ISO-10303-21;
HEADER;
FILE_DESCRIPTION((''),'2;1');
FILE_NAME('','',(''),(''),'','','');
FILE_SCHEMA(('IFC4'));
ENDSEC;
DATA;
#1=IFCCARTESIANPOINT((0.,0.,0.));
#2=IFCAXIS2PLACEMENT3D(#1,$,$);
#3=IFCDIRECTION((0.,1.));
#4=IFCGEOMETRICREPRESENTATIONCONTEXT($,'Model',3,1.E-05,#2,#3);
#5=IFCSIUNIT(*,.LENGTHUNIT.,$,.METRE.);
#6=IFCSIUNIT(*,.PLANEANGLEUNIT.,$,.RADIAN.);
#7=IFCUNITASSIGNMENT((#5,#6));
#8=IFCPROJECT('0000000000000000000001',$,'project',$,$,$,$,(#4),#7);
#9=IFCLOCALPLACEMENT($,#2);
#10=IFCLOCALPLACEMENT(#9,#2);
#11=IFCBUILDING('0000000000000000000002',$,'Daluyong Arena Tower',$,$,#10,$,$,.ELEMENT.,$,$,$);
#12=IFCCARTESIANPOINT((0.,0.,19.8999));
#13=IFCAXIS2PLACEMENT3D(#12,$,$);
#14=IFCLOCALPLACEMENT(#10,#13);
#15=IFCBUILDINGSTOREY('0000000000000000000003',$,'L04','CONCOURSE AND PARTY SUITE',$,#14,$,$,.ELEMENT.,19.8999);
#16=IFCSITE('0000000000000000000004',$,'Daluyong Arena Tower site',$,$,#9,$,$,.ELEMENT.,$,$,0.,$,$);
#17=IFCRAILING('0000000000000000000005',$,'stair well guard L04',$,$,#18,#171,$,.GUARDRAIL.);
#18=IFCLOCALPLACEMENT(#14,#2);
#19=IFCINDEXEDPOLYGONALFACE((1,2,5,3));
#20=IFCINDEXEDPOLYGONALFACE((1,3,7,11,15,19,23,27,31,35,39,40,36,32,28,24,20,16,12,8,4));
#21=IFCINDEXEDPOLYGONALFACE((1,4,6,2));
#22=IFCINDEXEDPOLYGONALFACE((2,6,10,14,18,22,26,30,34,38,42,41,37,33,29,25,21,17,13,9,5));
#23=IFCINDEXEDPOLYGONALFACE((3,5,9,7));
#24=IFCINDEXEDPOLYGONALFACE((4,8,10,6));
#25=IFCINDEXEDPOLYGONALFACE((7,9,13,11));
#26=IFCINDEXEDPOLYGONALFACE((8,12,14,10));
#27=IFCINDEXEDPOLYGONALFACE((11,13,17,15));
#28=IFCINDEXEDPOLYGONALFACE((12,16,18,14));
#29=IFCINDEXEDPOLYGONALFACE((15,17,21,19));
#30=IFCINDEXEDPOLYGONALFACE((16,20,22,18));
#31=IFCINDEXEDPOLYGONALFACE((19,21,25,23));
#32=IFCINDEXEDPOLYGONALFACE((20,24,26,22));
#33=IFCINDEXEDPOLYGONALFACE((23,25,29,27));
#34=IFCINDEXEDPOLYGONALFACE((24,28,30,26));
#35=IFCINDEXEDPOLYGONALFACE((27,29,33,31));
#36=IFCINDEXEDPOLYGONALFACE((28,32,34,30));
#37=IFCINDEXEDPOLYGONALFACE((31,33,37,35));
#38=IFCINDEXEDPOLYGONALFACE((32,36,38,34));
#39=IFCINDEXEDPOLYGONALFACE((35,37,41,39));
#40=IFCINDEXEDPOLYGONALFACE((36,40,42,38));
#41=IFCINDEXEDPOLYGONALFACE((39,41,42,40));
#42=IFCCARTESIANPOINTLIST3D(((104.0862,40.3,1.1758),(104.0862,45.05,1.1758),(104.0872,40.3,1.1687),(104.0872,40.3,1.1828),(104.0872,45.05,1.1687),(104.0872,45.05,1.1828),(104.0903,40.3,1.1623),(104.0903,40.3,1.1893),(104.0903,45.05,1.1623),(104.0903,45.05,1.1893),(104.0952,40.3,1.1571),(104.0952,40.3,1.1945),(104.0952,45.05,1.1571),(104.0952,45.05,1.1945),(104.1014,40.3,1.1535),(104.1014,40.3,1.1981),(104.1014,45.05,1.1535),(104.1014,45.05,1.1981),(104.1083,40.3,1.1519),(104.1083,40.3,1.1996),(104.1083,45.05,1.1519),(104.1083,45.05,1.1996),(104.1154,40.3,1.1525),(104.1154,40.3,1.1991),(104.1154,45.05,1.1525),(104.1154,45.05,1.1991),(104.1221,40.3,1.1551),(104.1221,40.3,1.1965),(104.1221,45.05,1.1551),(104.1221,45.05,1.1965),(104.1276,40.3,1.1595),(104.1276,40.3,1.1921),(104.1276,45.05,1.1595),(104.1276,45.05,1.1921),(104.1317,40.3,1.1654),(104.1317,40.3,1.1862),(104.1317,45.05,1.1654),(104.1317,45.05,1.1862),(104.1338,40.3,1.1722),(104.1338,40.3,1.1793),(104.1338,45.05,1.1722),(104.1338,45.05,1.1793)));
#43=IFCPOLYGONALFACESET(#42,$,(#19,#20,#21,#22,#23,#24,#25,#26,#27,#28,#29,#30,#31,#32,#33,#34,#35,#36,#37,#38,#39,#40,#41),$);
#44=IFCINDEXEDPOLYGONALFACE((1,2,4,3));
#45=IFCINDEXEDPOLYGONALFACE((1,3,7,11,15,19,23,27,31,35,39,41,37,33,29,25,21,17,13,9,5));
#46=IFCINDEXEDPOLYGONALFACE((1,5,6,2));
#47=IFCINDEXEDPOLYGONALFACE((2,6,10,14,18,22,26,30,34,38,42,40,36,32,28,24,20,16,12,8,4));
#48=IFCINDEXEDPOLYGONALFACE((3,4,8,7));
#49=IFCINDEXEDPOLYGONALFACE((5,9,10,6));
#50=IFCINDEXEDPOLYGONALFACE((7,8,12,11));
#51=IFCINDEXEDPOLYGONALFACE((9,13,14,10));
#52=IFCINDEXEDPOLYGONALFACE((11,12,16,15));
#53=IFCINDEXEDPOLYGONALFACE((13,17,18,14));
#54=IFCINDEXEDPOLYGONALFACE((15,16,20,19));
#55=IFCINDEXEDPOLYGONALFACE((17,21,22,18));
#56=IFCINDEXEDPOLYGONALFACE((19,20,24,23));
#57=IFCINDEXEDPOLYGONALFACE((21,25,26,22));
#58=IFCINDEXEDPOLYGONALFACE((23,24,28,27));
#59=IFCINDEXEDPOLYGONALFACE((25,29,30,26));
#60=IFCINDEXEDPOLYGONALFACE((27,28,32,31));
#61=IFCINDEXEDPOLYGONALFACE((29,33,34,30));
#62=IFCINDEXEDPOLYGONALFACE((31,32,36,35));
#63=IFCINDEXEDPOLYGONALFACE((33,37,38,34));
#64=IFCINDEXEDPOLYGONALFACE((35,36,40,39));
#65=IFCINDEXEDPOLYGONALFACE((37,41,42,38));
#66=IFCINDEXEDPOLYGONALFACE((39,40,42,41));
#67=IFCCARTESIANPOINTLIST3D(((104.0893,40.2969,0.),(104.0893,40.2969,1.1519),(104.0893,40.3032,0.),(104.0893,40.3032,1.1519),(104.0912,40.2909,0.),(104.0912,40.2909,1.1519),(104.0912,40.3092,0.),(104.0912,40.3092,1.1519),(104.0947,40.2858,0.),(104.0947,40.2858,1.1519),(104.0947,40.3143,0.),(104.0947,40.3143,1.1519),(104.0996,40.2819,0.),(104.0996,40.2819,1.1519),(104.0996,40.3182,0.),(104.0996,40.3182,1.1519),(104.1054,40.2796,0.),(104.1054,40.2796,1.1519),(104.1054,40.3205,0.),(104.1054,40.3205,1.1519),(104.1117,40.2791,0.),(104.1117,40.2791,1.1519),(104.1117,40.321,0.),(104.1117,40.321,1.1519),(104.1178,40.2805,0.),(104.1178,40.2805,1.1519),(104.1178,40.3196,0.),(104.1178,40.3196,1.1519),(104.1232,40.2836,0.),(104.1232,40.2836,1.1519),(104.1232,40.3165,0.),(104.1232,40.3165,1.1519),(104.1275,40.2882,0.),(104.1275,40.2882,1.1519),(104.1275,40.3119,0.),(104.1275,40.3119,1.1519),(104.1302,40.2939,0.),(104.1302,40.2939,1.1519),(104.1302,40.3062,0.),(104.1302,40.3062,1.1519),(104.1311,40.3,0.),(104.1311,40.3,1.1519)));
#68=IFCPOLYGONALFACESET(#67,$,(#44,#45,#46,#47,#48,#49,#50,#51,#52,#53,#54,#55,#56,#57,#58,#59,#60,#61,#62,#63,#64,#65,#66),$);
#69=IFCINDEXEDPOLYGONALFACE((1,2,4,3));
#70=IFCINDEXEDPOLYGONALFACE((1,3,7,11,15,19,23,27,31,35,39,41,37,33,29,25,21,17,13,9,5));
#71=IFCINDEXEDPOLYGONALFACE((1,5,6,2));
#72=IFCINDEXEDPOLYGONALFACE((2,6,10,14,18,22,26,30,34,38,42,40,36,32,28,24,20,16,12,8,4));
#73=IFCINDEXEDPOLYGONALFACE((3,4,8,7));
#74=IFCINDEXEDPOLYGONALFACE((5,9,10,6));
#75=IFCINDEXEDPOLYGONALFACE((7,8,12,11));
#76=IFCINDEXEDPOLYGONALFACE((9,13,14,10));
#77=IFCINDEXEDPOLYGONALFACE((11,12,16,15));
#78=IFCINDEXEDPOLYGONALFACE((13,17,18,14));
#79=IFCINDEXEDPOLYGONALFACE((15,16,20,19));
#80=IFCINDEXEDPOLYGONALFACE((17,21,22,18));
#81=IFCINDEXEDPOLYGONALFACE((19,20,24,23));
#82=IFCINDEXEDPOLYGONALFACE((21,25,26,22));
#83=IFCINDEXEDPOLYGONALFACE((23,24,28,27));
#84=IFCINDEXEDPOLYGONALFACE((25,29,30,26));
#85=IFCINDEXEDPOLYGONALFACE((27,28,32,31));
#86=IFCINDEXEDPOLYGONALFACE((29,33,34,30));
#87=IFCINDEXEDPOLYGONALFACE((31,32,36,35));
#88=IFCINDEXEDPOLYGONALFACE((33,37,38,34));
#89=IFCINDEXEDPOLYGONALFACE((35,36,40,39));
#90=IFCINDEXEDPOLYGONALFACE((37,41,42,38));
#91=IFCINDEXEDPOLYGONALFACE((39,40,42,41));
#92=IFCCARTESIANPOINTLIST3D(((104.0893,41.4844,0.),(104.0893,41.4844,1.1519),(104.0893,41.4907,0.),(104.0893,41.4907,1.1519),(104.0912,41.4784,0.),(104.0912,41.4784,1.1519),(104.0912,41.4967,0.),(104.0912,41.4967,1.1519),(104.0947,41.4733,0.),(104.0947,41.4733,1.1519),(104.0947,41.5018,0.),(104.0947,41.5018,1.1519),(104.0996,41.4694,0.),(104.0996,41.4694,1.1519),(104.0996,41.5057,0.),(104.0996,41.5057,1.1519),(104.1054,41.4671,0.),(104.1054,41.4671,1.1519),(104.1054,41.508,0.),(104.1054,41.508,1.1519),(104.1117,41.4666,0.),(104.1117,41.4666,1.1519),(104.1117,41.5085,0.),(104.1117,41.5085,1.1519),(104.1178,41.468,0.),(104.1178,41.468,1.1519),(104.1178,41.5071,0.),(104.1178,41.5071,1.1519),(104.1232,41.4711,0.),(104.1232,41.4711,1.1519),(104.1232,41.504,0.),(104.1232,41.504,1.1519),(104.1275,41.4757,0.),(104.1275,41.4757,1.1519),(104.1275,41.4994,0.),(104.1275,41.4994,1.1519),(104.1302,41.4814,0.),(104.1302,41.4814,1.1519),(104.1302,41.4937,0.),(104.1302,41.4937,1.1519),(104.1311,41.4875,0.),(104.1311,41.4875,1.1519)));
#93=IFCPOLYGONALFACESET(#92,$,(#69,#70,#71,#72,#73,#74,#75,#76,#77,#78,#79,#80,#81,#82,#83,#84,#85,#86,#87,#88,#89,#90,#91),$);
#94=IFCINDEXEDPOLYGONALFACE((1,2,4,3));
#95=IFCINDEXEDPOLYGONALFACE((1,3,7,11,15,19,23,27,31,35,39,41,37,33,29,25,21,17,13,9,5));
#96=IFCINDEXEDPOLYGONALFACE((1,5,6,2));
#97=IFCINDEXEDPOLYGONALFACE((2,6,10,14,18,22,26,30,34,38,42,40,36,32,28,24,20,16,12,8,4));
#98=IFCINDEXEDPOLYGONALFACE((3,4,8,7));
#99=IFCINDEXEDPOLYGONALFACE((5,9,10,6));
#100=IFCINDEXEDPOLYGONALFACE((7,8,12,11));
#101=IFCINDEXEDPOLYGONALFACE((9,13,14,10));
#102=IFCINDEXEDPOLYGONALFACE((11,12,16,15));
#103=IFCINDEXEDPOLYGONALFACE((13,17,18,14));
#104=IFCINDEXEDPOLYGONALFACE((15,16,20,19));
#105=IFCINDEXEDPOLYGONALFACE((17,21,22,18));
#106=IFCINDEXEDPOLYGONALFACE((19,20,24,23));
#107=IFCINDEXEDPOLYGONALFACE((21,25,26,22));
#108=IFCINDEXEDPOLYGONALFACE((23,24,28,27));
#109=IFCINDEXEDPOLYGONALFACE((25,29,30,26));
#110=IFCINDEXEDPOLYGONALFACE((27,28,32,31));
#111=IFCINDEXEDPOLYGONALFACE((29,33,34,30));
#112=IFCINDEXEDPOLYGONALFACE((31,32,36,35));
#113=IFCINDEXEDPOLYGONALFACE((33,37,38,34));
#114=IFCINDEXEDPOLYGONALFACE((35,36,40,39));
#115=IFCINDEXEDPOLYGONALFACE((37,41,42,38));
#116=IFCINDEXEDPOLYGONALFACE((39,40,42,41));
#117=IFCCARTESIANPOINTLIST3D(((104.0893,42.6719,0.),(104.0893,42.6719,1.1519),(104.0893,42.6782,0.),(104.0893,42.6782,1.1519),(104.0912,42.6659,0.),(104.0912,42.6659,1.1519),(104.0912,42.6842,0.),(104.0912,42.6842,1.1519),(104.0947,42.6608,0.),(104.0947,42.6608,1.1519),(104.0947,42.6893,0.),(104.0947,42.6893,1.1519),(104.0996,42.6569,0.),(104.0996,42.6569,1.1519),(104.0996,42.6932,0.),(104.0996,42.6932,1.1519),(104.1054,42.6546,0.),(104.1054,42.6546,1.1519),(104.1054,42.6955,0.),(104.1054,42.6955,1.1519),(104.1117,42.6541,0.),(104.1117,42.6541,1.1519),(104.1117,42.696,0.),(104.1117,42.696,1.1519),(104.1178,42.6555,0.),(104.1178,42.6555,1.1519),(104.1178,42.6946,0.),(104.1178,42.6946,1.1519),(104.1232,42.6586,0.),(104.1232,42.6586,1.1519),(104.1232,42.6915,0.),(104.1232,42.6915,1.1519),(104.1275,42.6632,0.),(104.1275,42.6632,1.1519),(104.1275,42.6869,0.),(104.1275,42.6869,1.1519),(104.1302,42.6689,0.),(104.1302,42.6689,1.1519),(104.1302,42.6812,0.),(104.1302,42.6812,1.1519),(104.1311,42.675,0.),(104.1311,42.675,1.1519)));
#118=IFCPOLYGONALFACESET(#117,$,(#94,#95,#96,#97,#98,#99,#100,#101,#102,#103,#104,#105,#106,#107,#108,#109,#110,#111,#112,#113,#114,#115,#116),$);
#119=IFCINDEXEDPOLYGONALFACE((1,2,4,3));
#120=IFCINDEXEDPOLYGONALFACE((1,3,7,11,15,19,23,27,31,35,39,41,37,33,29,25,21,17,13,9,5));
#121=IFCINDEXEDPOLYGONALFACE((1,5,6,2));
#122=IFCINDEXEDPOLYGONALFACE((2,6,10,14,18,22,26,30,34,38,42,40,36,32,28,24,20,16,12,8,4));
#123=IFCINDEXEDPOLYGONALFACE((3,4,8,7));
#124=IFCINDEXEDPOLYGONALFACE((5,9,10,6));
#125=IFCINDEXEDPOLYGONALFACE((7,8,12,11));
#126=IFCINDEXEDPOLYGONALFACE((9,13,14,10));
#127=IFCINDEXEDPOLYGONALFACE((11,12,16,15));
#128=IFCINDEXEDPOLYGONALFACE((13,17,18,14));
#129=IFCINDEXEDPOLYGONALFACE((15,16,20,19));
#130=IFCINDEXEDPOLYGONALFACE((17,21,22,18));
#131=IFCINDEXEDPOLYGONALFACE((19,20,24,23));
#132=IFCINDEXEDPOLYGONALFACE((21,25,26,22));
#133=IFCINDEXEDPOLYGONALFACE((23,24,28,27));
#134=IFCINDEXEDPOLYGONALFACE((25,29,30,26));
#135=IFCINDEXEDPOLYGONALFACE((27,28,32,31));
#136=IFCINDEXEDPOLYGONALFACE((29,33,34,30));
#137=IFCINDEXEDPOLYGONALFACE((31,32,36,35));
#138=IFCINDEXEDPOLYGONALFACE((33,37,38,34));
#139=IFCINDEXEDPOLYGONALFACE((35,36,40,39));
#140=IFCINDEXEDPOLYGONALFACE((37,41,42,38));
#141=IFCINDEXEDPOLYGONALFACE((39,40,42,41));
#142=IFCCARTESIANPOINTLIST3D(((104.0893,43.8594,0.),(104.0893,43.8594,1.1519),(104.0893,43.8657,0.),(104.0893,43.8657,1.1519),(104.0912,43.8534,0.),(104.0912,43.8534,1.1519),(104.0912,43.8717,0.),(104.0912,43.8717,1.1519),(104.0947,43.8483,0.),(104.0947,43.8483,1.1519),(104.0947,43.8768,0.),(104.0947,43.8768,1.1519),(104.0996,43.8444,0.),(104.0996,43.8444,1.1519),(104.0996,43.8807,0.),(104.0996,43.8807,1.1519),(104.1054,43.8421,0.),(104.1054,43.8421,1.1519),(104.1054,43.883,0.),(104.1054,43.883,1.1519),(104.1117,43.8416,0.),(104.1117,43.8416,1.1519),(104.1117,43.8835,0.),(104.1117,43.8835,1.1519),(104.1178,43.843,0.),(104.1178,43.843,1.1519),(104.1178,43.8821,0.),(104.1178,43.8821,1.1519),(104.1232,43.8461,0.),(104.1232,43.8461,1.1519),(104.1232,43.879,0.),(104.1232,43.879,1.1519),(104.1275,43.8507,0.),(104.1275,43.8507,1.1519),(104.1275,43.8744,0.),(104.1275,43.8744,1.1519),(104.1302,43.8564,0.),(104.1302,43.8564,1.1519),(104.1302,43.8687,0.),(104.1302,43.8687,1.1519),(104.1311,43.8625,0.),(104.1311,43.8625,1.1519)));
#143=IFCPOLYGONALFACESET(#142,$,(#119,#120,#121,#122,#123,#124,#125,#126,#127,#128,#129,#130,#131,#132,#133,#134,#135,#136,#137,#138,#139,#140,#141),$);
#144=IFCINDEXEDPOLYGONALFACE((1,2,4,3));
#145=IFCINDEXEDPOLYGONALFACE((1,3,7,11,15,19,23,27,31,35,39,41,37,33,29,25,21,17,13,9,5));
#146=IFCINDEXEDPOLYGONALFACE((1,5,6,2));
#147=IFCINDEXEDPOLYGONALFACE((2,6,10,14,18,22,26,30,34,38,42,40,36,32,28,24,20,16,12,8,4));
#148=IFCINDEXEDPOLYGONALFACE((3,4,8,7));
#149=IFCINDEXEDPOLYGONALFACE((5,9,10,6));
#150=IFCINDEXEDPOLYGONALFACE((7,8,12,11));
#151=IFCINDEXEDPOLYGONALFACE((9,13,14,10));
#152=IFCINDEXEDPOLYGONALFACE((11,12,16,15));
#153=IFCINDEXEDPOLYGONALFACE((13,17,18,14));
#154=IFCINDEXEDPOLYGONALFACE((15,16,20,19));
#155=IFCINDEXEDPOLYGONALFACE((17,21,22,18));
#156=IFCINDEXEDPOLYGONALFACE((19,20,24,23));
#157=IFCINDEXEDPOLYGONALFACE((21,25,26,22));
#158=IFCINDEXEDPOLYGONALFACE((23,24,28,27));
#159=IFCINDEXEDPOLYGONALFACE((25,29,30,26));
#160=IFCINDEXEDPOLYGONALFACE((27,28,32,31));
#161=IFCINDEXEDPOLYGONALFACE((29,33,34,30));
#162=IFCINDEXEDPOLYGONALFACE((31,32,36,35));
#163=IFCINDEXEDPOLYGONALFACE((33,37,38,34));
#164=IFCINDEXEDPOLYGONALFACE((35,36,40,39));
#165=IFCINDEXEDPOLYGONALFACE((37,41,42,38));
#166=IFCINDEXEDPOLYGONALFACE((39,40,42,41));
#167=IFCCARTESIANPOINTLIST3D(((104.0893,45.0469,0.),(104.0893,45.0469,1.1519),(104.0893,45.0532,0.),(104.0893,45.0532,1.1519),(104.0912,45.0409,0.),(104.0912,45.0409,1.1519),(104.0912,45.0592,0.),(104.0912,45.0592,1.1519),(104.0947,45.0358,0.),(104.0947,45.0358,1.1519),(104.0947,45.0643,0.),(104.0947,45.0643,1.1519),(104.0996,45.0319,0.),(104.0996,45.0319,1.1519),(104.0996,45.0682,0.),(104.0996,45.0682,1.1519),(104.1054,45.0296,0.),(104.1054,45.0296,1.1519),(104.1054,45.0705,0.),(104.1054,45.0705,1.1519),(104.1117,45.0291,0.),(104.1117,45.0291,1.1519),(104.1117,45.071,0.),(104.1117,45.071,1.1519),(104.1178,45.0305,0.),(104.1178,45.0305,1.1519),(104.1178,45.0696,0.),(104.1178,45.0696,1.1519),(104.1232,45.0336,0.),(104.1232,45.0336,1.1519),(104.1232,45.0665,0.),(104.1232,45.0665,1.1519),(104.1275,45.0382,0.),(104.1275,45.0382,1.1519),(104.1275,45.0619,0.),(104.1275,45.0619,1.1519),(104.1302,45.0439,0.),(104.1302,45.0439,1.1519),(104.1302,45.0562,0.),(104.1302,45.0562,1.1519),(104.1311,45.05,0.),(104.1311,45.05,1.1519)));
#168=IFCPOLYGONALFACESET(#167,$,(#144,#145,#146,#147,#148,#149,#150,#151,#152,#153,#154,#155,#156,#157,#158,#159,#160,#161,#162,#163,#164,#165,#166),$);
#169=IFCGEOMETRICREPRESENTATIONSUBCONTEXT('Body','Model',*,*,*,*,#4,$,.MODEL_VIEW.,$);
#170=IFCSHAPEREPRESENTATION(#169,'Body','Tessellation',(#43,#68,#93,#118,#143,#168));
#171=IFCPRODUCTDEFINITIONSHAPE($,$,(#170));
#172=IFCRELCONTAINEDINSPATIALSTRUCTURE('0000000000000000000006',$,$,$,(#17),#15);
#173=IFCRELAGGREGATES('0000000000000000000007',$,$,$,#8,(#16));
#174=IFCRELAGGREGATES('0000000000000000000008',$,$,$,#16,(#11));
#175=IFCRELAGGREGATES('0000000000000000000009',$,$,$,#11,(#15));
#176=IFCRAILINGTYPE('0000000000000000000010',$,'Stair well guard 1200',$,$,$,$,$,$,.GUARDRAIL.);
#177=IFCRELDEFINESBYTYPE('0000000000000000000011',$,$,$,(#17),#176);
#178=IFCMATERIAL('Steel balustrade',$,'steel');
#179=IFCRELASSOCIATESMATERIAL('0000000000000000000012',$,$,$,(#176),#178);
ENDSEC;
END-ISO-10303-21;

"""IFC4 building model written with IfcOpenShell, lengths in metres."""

from ifc_helpers import new_model, si_unit, direction, frame, origin, origin_2d, place, context, subcontext, project, spatial, circle, extrude, material, type_object, element, save


model = new_model("IFC4")

# Units and contexts
model_context = context("Model", 3, precision=1e-05, world=origin(), true_north=direction((0.0, 1.0)))
body_context = subcontext(model_context, "Body", "Model", "MODEL_VIEW")
ifc_project = project(units=[si_unit("LENGTHUNIT", "METRE"), si_unit("PLANEANGLEUNIT", "RADIAN")], contexts=[model_context])

# Site, building, storey
site_placement = place(None, origin())
site = spatial("IfcSite", under=ifc_project, at=site_placement, Name="Daluyong Arena Tower site", CompositionType="ELEMENT", RefElevation=0.0)
building_placement = place(site_placement, origin())
building = spatial("IfcBuilding", under=site, at=building_placement, Name="Daluyong Arena Tower", CompositionType="ELEMENT")
storey_placement = place(building_placement, frame((0.0, 0.0, 19.8999)))
storey = spatial("IfcBuildingStorey", under=building, at=storey_placement, Name="L04", Description="CONCOURSE AND PARTY SUITE", CompositionType="ELEMENT", Elevation=19.8999)

# Railing
ifc_material_1 = material(Name="Steel balustrade", Category="steel")
railing_type = type_object("IfcRailingType", Name="Stair well guard 1200", PredefinedType="GUARDRAIL", material=ifc_material_1)
railing_placement = place(storey_placement, frame((104.1101, 40.3, 0.0)))
element("IfcRailing", 1, at=railing_placement, inside=storey, type_object=railing_type, Name="stair well guard L04", PredefinedType="GUARDRAIL", context=body_context, shape_type="SweptSolid", body=[
    extrude(circle(Radius=0.0239, at=origin_2d()), frame((0.0, 0.0, 1.1758), z_axis=(0.0, 1.0, 0.0), x_axis=(-1.0, 0.0, 0.0)), (0.0, 0.0, 1.0), 4.75),
    extrude(circle(Radius=0.021, at=origin_2d()), origin(), (0.0, 0.0, 1.0), 1.1519),
    extrude(circle(Radius=0.021, at=origin_2d()), frame((0.0, 1.1875, 0.0)), (0.0, 0.0, 1.0), 1.1519),
    extrude(circle(Radius=0.021, at=origin_2d()), frame((0.0, 2.375, 0.0)), (0.0, 0.0, 1.0), 1.1519),
    extrude(circle(Radius=0.021, at=origin_2d()), frame((0.0, 3.5625, 0.0)), (0.0, 0.0, 1.0), 1.1519),
    extrude(circle(Radius=0.021, at=origin_2d()), frame((0.0, 4.75, 0.0)), (0.0, 0.0, 1.0), 1.1519),
])

save(model, "model.ifc")
